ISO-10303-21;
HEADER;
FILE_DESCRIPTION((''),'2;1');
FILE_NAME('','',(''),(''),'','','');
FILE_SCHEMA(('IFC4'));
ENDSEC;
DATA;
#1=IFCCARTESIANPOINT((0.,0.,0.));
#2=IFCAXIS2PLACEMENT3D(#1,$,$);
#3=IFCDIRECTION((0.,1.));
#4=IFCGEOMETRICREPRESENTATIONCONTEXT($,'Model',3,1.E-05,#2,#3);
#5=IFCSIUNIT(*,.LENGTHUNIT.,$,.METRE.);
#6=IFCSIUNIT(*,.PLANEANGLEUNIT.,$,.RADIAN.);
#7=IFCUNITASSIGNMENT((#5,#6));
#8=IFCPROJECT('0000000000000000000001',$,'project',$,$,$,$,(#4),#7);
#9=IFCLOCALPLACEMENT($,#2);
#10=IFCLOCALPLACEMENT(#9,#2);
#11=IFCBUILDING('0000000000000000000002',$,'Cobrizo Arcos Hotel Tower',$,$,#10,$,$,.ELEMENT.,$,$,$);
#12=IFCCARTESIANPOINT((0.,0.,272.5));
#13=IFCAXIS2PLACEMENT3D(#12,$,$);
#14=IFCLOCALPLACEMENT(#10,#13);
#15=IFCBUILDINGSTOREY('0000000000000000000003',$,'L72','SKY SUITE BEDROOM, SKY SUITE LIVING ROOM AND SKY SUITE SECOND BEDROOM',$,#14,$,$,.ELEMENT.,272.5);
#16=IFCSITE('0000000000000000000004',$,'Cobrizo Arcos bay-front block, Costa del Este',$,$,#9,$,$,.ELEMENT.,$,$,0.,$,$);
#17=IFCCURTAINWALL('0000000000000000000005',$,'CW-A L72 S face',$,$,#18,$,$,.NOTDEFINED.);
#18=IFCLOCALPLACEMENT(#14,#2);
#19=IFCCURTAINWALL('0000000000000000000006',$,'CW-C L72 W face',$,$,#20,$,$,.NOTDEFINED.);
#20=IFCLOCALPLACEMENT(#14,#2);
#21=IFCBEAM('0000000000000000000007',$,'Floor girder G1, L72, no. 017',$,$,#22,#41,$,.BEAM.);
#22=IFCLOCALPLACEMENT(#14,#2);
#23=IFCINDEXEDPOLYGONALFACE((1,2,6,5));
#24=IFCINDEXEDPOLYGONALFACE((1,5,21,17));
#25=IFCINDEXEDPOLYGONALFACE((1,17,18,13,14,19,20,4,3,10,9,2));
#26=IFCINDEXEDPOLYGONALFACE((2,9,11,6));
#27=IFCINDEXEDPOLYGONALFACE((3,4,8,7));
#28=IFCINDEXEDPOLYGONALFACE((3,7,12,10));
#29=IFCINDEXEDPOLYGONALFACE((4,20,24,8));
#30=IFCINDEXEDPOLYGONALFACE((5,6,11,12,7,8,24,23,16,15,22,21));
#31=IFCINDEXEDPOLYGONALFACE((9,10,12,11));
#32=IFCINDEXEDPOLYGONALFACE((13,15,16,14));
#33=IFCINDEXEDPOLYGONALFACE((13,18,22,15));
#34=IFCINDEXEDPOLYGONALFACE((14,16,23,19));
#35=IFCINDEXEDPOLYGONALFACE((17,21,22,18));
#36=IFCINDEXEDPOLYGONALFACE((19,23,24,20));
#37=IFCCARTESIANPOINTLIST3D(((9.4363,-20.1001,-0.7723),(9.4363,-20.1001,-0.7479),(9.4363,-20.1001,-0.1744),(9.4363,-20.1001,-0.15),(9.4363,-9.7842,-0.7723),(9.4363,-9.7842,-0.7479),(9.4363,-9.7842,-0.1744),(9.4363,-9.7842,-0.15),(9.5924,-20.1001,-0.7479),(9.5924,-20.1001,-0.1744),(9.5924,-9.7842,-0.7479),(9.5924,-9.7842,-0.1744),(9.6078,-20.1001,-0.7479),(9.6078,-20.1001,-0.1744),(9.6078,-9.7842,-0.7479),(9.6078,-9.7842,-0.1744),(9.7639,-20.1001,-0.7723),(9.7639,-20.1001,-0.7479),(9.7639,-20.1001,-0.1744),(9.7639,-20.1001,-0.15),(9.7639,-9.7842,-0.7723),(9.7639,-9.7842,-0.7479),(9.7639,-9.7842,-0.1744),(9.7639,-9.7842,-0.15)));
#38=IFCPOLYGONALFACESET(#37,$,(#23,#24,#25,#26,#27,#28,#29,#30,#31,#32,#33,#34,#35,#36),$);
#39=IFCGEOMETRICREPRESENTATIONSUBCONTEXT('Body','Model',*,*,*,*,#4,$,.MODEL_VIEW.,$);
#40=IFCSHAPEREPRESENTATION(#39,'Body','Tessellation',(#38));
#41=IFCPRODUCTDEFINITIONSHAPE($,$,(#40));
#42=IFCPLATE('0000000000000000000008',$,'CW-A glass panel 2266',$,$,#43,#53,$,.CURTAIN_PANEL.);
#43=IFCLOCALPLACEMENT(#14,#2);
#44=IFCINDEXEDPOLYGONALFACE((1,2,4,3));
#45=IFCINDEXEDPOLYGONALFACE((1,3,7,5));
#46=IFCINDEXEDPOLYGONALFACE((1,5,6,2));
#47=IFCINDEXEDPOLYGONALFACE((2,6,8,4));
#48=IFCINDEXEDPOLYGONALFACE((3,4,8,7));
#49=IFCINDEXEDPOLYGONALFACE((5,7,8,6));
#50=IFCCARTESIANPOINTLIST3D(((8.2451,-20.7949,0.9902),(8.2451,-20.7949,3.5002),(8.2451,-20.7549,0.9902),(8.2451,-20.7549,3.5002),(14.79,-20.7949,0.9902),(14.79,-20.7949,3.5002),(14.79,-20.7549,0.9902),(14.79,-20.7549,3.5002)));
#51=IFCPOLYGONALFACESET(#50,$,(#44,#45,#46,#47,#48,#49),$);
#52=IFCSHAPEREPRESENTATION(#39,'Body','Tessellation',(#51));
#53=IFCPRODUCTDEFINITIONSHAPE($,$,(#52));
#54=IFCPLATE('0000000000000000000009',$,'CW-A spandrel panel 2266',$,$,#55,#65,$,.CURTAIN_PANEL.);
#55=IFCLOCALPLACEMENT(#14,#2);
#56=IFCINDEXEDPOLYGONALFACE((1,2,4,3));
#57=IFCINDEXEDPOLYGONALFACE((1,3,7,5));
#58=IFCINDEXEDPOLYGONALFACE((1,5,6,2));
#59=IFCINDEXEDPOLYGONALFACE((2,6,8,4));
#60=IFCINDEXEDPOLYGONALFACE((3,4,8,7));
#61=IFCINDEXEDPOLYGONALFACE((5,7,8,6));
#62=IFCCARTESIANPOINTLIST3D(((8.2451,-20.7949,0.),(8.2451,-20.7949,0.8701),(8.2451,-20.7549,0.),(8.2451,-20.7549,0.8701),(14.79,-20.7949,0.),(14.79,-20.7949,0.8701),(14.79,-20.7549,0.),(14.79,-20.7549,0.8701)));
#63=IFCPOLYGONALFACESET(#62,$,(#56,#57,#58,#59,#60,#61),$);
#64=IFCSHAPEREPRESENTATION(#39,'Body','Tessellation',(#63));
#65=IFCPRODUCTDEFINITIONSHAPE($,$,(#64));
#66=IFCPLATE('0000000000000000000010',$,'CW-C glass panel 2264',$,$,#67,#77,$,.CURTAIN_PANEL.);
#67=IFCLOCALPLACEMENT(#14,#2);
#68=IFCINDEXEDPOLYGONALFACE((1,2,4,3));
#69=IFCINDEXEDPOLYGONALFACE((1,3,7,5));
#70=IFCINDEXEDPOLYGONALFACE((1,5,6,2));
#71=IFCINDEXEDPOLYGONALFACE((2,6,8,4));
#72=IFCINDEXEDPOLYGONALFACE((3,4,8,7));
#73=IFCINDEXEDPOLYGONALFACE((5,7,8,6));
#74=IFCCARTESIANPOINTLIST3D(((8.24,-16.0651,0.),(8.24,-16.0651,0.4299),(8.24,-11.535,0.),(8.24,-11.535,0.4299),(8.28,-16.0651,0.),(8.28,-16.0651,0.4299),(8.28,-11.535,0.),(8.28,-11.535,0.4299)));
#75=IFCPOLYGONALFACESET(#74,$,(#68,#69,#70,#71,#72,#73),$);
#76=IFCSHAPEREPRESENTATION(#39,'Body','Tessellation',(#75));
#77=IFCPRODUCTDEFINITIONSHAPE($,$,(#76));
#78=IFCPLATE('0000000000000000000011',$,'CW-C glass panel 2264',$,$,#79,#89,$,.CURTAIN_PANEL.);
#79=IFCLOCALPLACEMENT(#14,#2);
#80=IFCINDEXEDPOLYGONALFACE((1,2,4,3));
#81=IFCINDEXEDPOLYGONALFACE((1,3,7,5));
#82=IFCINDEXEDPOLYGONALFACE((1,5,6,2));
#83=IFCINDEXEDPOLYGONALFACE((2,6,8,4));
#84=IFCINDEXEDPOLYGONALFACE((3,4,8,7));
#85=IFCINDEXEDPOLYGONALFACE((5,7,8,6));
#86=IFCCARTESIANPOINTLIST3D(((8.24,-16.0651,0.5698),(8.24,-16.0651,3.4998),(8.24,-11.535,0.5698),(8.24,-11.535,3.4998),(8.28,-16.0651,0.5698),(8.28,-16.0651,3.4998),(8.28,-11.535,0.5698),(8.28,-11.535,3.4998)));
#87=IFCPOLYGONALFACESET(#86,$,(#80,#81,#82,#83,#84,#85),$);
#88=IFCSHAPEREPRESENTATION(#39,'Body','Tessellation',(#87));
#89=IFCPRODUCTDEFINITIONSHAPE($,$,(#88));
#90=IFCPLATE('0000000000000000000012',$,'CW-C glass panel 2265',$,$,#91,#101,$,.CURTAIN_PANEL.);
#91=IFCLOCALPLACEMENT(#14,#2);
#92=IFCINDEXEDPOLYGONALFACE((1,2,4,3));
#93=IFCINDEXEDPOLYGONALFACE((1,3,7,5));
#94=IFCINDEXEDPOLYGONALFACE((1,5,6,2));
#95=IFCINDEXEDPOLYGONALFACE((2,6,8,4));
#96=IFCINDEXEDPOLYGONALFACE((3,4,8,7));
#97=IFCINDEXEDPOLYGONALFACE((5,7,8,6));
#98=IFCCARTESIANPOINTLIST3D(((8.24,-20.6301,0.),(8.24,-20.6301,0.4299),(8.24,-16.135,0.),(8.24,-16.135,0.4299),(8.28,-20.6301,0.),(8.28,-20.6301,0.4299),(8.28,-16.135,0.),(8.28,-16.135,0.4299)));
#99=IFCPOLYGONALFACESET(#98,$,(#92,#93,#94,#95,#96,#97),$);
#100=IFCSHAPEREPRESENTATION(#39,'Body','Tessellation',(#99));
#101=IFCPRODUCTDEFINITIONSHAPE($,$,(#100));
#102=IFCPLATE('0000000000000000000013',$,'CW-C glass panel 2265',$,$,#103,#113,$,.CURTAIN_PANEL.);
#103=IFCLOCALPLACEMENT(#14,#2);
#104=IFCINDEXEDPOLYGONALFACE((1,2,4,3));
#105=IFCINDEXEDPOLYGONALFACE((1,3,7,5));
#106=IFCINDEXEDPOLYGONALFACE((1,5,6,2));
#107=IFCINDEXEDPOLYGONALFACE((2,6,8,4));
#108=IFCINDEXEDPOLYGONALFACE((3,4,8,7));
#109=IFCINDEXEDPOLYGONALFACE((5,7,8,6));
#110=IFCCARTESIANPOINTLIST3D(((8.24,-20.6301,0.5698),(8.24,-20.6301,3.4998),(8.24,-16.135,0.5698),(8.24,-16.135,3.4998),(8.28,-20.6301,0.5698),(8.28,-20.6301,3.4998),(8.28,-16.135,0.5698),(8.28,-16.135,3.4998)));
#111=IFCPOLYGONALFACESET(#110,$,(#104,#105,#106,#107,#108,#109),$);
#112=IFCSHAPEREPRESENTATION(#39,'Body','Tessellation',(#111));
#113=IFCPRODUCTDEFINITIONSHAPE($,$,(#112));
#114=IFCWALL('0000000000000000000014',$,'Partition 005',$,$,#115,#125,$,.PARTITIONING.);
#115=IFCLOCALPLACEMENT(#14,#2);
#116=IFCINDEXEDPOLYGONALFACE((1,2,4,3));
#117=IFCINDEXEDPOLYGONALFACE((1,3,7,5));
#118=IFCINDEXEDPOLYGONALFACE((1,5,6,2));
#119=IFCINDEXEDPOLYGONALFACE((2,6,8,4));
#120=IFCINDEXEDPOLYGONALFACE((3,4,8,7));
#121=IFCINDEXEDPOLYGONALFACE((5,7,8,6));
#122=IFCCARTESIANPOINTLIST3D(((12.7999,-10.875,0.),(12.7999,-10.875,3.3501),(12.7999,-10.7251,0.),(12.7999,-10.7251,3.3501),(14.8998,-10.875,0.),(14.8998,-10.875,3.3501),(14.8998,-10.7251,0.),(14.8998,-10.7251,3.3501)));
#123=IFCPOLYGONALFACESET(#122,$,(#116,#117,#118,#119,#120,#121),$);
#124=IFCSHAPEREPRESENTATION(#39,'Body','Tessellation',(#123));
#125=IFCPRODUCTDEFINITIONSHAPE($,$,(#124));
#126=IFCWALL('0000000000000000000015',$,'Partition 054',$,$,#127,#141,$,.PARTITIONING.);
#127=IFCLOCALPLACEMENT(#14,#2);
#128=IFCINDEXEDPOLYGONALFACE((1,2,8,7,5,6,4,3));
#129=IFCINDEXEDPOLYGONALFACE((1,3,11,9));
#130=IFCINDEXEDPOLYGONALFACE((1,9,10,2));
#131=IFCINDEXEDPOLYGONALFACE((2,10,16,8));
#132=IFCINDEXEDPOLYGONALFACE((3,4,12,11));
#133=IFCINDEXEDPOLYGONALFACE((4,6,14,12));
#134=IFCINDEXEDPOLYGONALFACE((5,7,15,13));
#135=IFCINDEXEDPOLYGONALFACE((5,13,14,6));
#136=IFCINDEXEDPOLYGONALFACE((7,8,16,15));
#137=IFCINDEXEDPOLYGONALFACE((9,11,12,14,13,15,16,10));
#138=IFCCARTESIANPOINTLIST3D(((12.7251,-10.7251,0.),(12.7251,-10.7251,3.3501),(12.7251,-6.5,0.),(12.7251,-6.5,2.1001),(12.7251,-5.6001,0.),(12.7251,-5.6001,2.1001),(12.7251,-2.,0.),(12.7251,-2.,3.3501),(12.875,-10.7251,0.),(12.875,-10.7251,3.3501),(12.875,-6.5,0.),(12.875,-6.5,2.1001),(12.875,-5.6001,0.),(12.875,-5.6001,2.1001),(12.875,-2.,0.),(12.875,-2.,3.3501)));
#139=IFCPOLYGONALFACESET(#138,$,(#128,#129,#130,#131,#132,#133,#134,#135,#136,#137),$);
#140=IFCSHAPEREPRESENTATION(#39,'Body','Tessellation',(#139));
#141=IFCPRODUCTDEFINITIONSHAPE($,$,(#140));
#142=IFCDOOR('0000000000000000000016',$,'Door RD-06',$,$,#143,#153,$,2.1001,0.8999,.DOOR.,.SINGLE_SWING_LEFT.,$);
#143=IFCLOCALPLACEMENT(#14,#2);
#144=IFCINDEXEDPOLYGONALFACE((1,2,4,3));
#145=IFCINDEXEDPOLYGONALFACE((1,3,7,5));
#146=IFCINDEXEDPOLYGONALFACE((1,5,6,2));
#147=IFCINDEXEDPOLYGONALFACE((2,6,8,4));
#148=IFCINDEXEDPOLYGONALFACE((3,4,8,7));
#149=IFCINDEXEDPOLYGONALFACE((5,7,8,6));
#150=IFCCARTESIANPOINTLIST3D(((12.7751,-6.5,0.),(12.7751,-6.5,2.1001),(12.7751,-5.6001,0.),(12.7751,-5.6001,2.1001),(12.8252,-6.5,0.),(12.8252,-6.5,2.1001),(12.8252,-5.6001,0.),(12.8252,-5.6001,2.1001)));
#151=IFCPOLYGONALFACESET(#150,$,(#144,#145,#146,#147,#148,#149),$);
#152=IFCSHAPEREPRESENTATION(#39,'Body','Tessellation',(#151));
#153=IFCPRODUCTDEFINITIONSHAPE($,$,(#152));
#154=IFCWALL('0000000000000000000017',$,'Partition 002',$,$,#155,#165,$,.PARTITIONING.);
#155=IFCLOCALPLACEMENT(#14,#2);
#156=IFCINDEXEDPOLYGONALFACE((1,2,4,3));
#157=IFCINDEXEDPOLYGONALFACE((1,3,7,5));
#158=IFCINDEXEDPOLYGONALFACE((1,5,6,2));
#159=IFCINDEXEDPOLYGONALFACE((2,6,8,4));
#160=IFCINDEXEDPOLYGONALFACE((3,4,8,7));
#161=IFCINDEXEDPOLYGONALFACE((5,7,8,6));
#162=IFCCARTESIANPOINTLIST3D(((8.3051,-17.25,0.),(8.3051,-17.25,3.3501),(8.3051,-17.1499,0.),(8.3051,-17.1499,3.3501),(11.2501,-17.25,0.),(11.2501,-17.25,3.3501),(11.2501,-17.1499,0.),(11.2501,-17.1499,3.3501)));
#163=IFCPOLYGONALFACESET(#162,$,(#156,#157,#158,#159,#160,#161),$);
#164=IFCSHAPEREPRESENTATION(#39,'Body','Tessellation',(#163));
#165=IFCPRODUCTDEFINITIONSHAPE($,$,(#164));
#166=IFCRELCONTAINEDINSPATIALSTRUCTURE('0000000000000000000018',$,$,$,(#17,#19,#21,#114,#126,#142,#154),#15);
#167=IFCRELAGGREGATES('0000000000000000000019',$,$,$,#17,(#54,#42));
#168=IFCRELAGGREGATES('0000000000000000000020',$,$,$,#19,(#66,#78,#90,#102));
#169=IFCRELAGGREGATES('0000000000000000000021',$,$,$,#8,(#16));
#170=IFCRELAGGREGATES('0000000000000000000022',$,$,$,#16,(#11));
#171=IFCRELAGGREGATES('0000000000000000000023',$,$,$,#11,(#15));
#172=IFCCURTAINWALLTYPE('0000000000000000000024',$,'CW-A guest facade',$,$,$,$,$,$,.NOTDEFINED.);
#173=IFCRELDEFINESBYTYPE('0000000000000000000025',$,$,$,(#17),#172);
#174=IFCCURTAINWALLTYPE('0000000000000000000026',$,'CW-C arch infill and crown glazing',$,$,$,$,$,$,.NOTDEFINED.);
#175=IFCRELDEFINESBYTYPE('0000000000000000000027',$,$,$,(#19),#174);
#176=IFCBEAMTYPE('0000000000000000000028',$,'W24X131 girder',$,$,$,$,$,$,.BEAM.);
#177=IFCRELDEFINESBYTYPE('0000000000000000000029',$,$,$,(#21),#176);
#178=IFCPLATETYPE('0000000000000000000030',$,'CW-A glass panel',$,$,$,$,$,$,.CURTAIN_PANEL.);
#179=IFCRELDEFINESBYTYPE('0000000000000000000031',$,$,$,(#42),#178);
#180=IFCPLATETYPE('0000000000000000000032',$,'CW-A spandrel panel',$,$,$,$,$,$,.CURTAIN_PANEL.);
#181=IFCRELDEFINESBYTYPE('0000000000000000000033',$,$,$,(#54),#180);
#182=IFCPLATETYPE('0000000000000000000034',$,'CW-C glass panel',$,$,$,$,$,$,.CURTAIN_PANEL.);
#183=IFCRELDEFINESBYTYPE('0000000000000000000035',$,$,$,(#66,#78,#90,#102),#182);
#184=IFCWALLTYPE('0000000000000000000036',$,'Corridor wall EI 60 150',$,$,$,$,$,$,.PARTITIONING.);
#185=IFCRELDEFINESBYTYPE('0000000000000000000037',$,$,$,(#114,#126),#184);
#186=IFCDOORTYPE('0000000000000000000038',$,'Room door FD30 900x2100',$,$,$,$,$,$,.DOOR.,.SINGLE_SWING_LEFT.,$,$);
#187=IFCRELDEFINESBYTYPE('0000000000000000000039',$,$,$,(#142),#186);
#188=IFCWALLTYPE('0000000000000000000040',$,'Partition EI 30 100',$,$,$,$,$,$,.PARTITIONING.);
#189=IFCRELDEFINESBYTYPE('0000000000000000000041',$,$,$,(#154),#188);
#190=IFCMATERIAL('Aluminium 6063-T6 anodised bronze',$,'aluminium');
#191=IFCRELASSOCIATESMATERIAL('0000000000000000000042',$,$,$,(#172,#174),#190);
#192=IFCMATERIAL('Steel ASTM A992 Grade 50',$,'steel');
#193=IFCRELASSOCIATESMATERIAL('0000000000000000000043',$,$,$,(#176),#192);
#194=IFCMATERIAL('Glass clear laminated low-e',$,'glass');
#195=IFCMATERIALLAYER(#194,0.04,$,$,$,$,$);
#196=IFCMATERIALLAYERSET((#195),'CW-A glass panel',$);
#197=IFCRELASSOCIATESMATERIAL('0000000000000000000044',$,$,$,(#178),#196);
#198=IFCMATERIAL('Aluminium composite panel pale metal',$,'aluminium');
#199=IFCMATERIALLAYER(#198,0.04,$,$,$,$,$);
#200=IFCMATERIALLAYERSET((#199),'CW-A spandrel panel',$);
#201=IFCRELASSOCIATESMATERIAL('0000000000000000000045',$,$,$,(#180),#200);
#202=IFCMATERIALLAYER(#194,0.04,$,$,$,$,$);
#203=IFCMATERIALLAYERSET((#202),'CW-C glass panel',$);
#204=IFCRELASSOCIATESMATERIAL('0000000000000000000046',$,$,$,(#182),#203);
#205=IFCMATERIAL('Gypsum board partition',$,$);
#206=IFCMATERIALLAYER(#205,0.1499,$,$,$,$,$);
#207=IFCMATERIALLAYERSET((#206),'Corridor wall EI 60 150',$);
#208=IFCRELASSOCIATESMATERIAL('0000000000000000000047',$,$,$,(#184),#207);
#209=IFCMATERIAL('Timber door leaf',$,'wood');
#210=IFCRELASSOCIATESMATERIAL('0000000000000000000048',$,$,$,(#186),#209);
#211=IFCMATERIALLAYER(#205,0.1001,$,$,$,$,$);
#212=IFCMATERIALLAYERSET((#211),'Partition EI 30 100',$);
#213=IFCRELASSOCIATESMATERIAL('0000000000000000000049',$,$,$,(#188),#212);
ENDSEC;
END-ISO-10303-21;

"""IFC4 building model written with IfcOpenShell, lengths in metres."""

from ifc_helpers import new_model, si_unit, direction, frame, frame_2d, origin, origin_2d, place, context, subcontext, project, spatial, rectangle, i_section, extrude, material, layer, layer_set, material_profile, profile_set, type_object, element, fill, aggregate, save


model = new_model("IFC4")

# Units and contexts
model_context = context("Model", 3, precision=1e-05, world=origin(), true_north=direction((0.0, 1.0)))
body_context = subcontext(model_context, "Body", "Model", "MODEL_VIEW")
ifc_project = project(units=[si_unit("LENGTHUNIT", "METRE"), si_unit("PLANEANGLEUNIT", "RADIAN")], contexts=[model_context])

# Site, building, storey
site_placement = place(None, origin())
site = spatial("IfcSite", under=ifc_project, at=site_placement, Name="Cobrizo Arcos bay-front block, Costa del Este", CompositionType="ELEMENT", RefElevation=0.0)
building_placement = place(site_placement, origin())
building = spatial("IfcBuilding", under=site, at=building_placement, Name="Cobrizo Arcos Hotel Tower", CompositionType="ELEMENT")
storey_placement = place(building_placement, frame((0.0, 0.0, 272.5)))
storey = spatial("IfcBuildingStorey", under=building, at=storey_placement, Name="L72", Description="SKY SUITE BEDROOM, SKY SUITE LIVING ROOM AND SKY SUITE SECOND BEDROOM", CompositionType="ELEMENT", Elevation=272.5)

# Curtain walls
ifc_material_1 = material(Name="Aluminium 6063-T6 anodised bronze", Category="aluminium")
curtain_wall_type_1 = type_object("IfcCurtainWallType", Name="CW-A guest facade", PredefinedType="NOTDEFINED", material=ifc_material_1)
curtain_wall_1_placement = place(storey_placement, origin())
curtain_wall_1 = element("IfcCurtainWall", 1, at=curtain_wall_1_placement, inside=storey, type_object=curtain_wall_type_1, Name="CW-A L72 S face", PredefinedType="NOTDEFINED")
curtain_wall_type_2 = type_object("IfcCurtainWallType", Name="CW-C arch infill and crown glazing", PredefinedType="NOTDEFINED", material=ifc_material_1)
curtain_wall_2_placement = place(storey_placement, origin())
curtain_wall_2 = element("IfcCurtainWall", 2, at=curtain_wall_2_placement, inside=storey, type_object=curtain_wall_type_2, Name="CW-C L72 W face", PredefinedType="NOTDEFINED")

# Beam
ifc_material_2 = material(Name="Steel ASTM A992 Grade 50", Category="steel")
ifc_material_profile_1 = material_profile(ifc_material_2, i_section(OverallWidth=0.3276, OverallDepth=0.6223, WebThickness=0.0154, FlangeThickness=0.0244, at=origin_2d()), Name="W24X131")
ifc_profile_set_1 = profile_set([ifc_material_profile_1], Name="Steel ASTM A992 Grade 50")
beam_type_1 = type_object("IfcBeamType", Name="W24X131 girder", PredefinedType="BEAM", material=ifc_profile_set_1)
beam_1_placement = place(storey_placement, frame((9.6001, -20.1001, -0.4612), z_axis=(0.0, 1.0, 0.0), x_axis=(-1.0, 0.0, 0.0)))
element("IfcBeam", 3, at=beam_1_placement, inside=storey, type_object=beam_type_1, Name="Floor girder G1, L72, no. 017", PredefinedType="BEAM", context=body_context, shape_type="SweptSolid", body=[
    extrude(i_section(OverallWidth=0.3276, OverallDepth=0.6223, WebThickness=0.0154, FlangeThickness=0.0244, at=origin_2d()), origin(), (0.0, 0.0, 1.0), 10.3159),
])

# Plates
ifc_material_3 = material(Name="Glass clear laminated low-e", Category="glass")
ifc_layer_1 = layer(ifc_material_3, 0.04)
ifc_layer_set_1 = layer_set([ifc_layer_1], Name="CW-A glass panel")
plate_type_1 = type_object("IfcPlateType", Name="CW-A glass panel", PredefinedType="CURTAIN_PANEL", material=ifc_layer_set_1)
plate_1_placement = place(storey_placement, frame((11.5176, -20.7749, 0.9902), z_axis=(0.0, 0.0, 1.0), x_axis=(1.0, 0.0, 0.0)))
plate_1 = element("IfcPlate", 4, at=plate_1_placement, type_object=plate_type_1, Name="CW-A glass panel 2266", PredefinedType="CURTAIN_PANEL", context=body_context, shape_type="SweptSolid", body=[
    extrude(rectangle(XDim=6.5449, YDim=0.04, at=origin_2d()), origin(), (0.0, 0.0, 1.0), 2.51),
])
ifc_material_4 = material(Name="Aluminium composite panel pale metal", Category="aluminium")
ifc_layer_2 = layer(ifc_material_4, 0.04)
ifc_layer_set_2 = layer_set([ifc_layer_2], Name="CW-A spandrel panel")
plate_type_2 = type_object("IfcPlateType", Name="CW-A spandrel panel", PredefinedType="CURTAIN_PANEL", material=ifc_layer_set_2)
plate_2_placement = place(storey_placement, frame((11.5176, -20.7749, 0.0), z_axis=(0.0, 0.0, 1.0), x_axis=(1.0, 0.0, 0.0)))
plate_2 = element("IfcPlate", 5, at=plate_2_placement, type_object=plate_type_2, Name="CW-A spandrel panel 2266", PredefinedType="CURTAIN_PANEL", context=body_context, shape_type="SweptSolid", body=[
    extrude(rectangle(XDim=6.5449, YDim=0.04, at=origin_2d()), origin(), (0.0, 0.0, 1.0), 0.8701),
])
aggregate(curtain_wall_1, [plate_2, plate_1])
ifc_layer_3 = layer(ifc_material_3, 0.04)
ifc_layer_set_3 = layer_set([ifc_layer_3], Name="CW-C glass panel")
plate_type_3 = type_object("IfcPlateType", Name="CW-C glass panel", PredefinedType="CURTAIN_PANEL", material=ifc_layer_set_3)
plate_3_placement = place(storey_placement, frame((8.26, -13.8, 0.0), z_axis=(0.0, 0.0, 1.0), x_axis=(0.0, -1.0, 0.0)))
plate_3 = element("IfcPlate", 6, at=plate_3_placement, type_object=plate_type_3, Name="CW-C glass panel 2264", PredefinedType="CURTAIN_PANEL", context=body_context, shape_type="SweptSolid", body=[
    extrude(rectangle(XDim=4.53, YDim=0.04, at=origin_2d()), origin(), (0.0, 0.0, 1.0), 0.4299),
])
plate_4_placement = place(storey_placement, frame((8.26, -13.8, 0.5698), z_axis=(0.0, 0.0, 1.0), x_axis=(0.0, -1.0, 0.0)))
plate_4 = element("IfcPlate", 7, at=plate_4_placement, type_object=plate_type_3, Name="CW-C glass panel 2264", PredefinedType="CURTAIN_PANEL", context=body_context, shape_type="SweptSolid", body=[
    extrude(rectangle(XDim=4.53, YDim=0.04, at=origin_2d()), origin(), (0.0, 0.0, 1.0), 2.9299),
])
plate_5_placement = place(storey_placement, frame((8.26, -18.3826, 0.0), z_axis=(0.0, 0.0, 1.0), x_axis=(0.0, -1.0, 0.0)))
plate_5 = element("IfcPlate", 8, at=plate_5_placement, type_object=plate_type_3, Name="CW-C glass panel 2265", PredefinedType="CURTAIN_PANEL", context=body_context, shape_type="SweptSolid", body=[
    extrude(rectangle(XDim=4.4951, YDim=0.04, at=origin_2d()), origin(), (0.0, 0.0, 1.0), 0.4299),
])
plate_6_placement = place(storey_placement, frame((8.26, -18.3826, 0.5698), z_axis=(0.0, 0.0, 1.0), x_axis=(0.0, -1.0, 0.0)))
plate_6 = element("IfcPlate", 9, at=plate_6_placement, type_object=plate_type_3, Name="CW-C glass panel 2265", PredefinedType="CURTAIN_PANEL", context=body_context, shape_type="SweptSolid", body=[
    extrude(rectangle(XDim=4.4951, YDim=0.04, at=origin_2d()), origin(), (0.0, 0.0, 1.0), 2.9299),
])
aggregate(curtain_wall_2, [plate_3, plate_4, plate_5, plate_6])

# Wall
ifc_material_5 = material(Name="Gypsum board partition")
ifc_layer_4 = layer(ifc_material_5, 0.1499)
ifc_layer_set_4 = layer_set([ifc_layer_4], Name="Corridor wall EI 60 150")
wall_type_1 = type_object("IfcWallType", Name="Corridor wall EI 60 150", PredefinedType="PARTITIONING", material=ifc_layer_set_4)
wall_1_placement = place(storey_placement, frame((12.8, -10.8, 0.0), z_axis=(0.0, 0.0, 1.0), x_axis=(1.0, 0.0, 0.0)))
element("IfcWall", 10, at=wall_1_placement, inside=storey, type_object=wall_type_1, Name="Partition 005", PredefinedType="PARTITIONING", context=body_context, shape_type="SweptSolid", body=[
    extrude(rectangle(XDim=2.0999, YDim=0.1499, at=frame_2d((1.0498, 0.0))), origin(), (0.0, 0.0, 1.0), 3.3501),
])

# Wall, opening, door
wall_2_placement = place(storey_placement, frame((12.8, -10.7251, 0.0), z_axis=(0.0, 0.0, 1.0), x_axis=(0.0, 1.0, 0.0)))
wall_2 = element("IfcWall", 11, at=wall_2_placement, inside=storey, type_object=wall_type_1, Name="Partition 054", PredefinedType="PARTITIONING", context=body_context, shape_type="SweptSolid", body=[
    extrude(rectangle(XDim=8.7251, YDim=0.1499, at=frame_2d((4.3625, 0.0))), origin(), (0.0, 0.0, 1.0), 3.3501),
])
opening_1_placement = place(wall_2_placement, frame((4.2251, 0.0, 0.0)))
opening_1 = element("IfcOpeningElement", 12, at=opening_1_placement, cuts=wall_2, PredefinedType="OPENING", context=body_context, shape_type="SweptSolid", body=[
    extrude(rectangle(XDim=0.8999, YDim=2.1001, at=frame_2d((0.45, 1.05))), frame((0.0, 0.0869, 0.0), z_axis=(0.0, -1.0, 0.0), x_axis=(1.0, 0.0, 0.0)), (0.0, 0.0, 1.0), 0.1738),
])
ifc_material_6 = material(Name="Timber door leaf", Category="wood")
door_type_1 = type_object("IfcDoorType", Name="Room door FD30 900x2100", OperationType="SINGLE_SWING_LEFT", PredefinedType="DOOR", material=ifc_material_6)
door_1_placement = place(opening_1_placement, origin())
door_1 = element("IfcDoor", 13, at=door_1_placement, inside=storey, type_object=door_type_1, Name="Door RD-06", OperationType="SINGLE_SWING_LEFT", OverallHeight=2.1001, OverallWidth=0.8999, PredefinedType="DOOR", context=body_context, shape_type="SweptSolid", body=[
    extrude(rectangle(XDim=0.8999, YDim=2.1001, at=frame_2d((0.45, 1.05))), frame((0.0, 0.0249, 0.0), z_axis=(0.0, -1.0, 0.0), x_axis=(1.0, 0.0, 0.0)), (0.0, 0.0, 1.0), 0.05),
])
fill(opening_1, door_1)

# Wall
ifc_layer_5 = layer(ifc_material_5, 0.1001)
ifc_layer_set_5 = layer_set([ifc_layer_5], Name="Partition EI 30 100")
wall_type_2 = type_object("IfcWallType", Name="Partition EI 30 100", PredefinedType="PARTITIONING", material=ifc_layer_set_5)
wall_3_placement = place(storey_placement, frame((8.3049, -17.2, 0.0), z_axis=(0.0, 0.0, 1.0), x_axis=(1.0, 0.0, 0.0)))
element("IfcWall", 14, at=wall_3_placement, inside=storey, type_object=wall_type_2, Name="Partition 002", PredefinedType="PARTITIONING", context=body_context, shape_type="SweptSolid", body=[
    extrude(rectangle(XDim=2.9451, YDim=0.1001, at=frame_2d((1.4727, 0.0))), origin(), (0.0, 0.0, 1.0), 3.3501),
])

save(model, "model.ifc")
